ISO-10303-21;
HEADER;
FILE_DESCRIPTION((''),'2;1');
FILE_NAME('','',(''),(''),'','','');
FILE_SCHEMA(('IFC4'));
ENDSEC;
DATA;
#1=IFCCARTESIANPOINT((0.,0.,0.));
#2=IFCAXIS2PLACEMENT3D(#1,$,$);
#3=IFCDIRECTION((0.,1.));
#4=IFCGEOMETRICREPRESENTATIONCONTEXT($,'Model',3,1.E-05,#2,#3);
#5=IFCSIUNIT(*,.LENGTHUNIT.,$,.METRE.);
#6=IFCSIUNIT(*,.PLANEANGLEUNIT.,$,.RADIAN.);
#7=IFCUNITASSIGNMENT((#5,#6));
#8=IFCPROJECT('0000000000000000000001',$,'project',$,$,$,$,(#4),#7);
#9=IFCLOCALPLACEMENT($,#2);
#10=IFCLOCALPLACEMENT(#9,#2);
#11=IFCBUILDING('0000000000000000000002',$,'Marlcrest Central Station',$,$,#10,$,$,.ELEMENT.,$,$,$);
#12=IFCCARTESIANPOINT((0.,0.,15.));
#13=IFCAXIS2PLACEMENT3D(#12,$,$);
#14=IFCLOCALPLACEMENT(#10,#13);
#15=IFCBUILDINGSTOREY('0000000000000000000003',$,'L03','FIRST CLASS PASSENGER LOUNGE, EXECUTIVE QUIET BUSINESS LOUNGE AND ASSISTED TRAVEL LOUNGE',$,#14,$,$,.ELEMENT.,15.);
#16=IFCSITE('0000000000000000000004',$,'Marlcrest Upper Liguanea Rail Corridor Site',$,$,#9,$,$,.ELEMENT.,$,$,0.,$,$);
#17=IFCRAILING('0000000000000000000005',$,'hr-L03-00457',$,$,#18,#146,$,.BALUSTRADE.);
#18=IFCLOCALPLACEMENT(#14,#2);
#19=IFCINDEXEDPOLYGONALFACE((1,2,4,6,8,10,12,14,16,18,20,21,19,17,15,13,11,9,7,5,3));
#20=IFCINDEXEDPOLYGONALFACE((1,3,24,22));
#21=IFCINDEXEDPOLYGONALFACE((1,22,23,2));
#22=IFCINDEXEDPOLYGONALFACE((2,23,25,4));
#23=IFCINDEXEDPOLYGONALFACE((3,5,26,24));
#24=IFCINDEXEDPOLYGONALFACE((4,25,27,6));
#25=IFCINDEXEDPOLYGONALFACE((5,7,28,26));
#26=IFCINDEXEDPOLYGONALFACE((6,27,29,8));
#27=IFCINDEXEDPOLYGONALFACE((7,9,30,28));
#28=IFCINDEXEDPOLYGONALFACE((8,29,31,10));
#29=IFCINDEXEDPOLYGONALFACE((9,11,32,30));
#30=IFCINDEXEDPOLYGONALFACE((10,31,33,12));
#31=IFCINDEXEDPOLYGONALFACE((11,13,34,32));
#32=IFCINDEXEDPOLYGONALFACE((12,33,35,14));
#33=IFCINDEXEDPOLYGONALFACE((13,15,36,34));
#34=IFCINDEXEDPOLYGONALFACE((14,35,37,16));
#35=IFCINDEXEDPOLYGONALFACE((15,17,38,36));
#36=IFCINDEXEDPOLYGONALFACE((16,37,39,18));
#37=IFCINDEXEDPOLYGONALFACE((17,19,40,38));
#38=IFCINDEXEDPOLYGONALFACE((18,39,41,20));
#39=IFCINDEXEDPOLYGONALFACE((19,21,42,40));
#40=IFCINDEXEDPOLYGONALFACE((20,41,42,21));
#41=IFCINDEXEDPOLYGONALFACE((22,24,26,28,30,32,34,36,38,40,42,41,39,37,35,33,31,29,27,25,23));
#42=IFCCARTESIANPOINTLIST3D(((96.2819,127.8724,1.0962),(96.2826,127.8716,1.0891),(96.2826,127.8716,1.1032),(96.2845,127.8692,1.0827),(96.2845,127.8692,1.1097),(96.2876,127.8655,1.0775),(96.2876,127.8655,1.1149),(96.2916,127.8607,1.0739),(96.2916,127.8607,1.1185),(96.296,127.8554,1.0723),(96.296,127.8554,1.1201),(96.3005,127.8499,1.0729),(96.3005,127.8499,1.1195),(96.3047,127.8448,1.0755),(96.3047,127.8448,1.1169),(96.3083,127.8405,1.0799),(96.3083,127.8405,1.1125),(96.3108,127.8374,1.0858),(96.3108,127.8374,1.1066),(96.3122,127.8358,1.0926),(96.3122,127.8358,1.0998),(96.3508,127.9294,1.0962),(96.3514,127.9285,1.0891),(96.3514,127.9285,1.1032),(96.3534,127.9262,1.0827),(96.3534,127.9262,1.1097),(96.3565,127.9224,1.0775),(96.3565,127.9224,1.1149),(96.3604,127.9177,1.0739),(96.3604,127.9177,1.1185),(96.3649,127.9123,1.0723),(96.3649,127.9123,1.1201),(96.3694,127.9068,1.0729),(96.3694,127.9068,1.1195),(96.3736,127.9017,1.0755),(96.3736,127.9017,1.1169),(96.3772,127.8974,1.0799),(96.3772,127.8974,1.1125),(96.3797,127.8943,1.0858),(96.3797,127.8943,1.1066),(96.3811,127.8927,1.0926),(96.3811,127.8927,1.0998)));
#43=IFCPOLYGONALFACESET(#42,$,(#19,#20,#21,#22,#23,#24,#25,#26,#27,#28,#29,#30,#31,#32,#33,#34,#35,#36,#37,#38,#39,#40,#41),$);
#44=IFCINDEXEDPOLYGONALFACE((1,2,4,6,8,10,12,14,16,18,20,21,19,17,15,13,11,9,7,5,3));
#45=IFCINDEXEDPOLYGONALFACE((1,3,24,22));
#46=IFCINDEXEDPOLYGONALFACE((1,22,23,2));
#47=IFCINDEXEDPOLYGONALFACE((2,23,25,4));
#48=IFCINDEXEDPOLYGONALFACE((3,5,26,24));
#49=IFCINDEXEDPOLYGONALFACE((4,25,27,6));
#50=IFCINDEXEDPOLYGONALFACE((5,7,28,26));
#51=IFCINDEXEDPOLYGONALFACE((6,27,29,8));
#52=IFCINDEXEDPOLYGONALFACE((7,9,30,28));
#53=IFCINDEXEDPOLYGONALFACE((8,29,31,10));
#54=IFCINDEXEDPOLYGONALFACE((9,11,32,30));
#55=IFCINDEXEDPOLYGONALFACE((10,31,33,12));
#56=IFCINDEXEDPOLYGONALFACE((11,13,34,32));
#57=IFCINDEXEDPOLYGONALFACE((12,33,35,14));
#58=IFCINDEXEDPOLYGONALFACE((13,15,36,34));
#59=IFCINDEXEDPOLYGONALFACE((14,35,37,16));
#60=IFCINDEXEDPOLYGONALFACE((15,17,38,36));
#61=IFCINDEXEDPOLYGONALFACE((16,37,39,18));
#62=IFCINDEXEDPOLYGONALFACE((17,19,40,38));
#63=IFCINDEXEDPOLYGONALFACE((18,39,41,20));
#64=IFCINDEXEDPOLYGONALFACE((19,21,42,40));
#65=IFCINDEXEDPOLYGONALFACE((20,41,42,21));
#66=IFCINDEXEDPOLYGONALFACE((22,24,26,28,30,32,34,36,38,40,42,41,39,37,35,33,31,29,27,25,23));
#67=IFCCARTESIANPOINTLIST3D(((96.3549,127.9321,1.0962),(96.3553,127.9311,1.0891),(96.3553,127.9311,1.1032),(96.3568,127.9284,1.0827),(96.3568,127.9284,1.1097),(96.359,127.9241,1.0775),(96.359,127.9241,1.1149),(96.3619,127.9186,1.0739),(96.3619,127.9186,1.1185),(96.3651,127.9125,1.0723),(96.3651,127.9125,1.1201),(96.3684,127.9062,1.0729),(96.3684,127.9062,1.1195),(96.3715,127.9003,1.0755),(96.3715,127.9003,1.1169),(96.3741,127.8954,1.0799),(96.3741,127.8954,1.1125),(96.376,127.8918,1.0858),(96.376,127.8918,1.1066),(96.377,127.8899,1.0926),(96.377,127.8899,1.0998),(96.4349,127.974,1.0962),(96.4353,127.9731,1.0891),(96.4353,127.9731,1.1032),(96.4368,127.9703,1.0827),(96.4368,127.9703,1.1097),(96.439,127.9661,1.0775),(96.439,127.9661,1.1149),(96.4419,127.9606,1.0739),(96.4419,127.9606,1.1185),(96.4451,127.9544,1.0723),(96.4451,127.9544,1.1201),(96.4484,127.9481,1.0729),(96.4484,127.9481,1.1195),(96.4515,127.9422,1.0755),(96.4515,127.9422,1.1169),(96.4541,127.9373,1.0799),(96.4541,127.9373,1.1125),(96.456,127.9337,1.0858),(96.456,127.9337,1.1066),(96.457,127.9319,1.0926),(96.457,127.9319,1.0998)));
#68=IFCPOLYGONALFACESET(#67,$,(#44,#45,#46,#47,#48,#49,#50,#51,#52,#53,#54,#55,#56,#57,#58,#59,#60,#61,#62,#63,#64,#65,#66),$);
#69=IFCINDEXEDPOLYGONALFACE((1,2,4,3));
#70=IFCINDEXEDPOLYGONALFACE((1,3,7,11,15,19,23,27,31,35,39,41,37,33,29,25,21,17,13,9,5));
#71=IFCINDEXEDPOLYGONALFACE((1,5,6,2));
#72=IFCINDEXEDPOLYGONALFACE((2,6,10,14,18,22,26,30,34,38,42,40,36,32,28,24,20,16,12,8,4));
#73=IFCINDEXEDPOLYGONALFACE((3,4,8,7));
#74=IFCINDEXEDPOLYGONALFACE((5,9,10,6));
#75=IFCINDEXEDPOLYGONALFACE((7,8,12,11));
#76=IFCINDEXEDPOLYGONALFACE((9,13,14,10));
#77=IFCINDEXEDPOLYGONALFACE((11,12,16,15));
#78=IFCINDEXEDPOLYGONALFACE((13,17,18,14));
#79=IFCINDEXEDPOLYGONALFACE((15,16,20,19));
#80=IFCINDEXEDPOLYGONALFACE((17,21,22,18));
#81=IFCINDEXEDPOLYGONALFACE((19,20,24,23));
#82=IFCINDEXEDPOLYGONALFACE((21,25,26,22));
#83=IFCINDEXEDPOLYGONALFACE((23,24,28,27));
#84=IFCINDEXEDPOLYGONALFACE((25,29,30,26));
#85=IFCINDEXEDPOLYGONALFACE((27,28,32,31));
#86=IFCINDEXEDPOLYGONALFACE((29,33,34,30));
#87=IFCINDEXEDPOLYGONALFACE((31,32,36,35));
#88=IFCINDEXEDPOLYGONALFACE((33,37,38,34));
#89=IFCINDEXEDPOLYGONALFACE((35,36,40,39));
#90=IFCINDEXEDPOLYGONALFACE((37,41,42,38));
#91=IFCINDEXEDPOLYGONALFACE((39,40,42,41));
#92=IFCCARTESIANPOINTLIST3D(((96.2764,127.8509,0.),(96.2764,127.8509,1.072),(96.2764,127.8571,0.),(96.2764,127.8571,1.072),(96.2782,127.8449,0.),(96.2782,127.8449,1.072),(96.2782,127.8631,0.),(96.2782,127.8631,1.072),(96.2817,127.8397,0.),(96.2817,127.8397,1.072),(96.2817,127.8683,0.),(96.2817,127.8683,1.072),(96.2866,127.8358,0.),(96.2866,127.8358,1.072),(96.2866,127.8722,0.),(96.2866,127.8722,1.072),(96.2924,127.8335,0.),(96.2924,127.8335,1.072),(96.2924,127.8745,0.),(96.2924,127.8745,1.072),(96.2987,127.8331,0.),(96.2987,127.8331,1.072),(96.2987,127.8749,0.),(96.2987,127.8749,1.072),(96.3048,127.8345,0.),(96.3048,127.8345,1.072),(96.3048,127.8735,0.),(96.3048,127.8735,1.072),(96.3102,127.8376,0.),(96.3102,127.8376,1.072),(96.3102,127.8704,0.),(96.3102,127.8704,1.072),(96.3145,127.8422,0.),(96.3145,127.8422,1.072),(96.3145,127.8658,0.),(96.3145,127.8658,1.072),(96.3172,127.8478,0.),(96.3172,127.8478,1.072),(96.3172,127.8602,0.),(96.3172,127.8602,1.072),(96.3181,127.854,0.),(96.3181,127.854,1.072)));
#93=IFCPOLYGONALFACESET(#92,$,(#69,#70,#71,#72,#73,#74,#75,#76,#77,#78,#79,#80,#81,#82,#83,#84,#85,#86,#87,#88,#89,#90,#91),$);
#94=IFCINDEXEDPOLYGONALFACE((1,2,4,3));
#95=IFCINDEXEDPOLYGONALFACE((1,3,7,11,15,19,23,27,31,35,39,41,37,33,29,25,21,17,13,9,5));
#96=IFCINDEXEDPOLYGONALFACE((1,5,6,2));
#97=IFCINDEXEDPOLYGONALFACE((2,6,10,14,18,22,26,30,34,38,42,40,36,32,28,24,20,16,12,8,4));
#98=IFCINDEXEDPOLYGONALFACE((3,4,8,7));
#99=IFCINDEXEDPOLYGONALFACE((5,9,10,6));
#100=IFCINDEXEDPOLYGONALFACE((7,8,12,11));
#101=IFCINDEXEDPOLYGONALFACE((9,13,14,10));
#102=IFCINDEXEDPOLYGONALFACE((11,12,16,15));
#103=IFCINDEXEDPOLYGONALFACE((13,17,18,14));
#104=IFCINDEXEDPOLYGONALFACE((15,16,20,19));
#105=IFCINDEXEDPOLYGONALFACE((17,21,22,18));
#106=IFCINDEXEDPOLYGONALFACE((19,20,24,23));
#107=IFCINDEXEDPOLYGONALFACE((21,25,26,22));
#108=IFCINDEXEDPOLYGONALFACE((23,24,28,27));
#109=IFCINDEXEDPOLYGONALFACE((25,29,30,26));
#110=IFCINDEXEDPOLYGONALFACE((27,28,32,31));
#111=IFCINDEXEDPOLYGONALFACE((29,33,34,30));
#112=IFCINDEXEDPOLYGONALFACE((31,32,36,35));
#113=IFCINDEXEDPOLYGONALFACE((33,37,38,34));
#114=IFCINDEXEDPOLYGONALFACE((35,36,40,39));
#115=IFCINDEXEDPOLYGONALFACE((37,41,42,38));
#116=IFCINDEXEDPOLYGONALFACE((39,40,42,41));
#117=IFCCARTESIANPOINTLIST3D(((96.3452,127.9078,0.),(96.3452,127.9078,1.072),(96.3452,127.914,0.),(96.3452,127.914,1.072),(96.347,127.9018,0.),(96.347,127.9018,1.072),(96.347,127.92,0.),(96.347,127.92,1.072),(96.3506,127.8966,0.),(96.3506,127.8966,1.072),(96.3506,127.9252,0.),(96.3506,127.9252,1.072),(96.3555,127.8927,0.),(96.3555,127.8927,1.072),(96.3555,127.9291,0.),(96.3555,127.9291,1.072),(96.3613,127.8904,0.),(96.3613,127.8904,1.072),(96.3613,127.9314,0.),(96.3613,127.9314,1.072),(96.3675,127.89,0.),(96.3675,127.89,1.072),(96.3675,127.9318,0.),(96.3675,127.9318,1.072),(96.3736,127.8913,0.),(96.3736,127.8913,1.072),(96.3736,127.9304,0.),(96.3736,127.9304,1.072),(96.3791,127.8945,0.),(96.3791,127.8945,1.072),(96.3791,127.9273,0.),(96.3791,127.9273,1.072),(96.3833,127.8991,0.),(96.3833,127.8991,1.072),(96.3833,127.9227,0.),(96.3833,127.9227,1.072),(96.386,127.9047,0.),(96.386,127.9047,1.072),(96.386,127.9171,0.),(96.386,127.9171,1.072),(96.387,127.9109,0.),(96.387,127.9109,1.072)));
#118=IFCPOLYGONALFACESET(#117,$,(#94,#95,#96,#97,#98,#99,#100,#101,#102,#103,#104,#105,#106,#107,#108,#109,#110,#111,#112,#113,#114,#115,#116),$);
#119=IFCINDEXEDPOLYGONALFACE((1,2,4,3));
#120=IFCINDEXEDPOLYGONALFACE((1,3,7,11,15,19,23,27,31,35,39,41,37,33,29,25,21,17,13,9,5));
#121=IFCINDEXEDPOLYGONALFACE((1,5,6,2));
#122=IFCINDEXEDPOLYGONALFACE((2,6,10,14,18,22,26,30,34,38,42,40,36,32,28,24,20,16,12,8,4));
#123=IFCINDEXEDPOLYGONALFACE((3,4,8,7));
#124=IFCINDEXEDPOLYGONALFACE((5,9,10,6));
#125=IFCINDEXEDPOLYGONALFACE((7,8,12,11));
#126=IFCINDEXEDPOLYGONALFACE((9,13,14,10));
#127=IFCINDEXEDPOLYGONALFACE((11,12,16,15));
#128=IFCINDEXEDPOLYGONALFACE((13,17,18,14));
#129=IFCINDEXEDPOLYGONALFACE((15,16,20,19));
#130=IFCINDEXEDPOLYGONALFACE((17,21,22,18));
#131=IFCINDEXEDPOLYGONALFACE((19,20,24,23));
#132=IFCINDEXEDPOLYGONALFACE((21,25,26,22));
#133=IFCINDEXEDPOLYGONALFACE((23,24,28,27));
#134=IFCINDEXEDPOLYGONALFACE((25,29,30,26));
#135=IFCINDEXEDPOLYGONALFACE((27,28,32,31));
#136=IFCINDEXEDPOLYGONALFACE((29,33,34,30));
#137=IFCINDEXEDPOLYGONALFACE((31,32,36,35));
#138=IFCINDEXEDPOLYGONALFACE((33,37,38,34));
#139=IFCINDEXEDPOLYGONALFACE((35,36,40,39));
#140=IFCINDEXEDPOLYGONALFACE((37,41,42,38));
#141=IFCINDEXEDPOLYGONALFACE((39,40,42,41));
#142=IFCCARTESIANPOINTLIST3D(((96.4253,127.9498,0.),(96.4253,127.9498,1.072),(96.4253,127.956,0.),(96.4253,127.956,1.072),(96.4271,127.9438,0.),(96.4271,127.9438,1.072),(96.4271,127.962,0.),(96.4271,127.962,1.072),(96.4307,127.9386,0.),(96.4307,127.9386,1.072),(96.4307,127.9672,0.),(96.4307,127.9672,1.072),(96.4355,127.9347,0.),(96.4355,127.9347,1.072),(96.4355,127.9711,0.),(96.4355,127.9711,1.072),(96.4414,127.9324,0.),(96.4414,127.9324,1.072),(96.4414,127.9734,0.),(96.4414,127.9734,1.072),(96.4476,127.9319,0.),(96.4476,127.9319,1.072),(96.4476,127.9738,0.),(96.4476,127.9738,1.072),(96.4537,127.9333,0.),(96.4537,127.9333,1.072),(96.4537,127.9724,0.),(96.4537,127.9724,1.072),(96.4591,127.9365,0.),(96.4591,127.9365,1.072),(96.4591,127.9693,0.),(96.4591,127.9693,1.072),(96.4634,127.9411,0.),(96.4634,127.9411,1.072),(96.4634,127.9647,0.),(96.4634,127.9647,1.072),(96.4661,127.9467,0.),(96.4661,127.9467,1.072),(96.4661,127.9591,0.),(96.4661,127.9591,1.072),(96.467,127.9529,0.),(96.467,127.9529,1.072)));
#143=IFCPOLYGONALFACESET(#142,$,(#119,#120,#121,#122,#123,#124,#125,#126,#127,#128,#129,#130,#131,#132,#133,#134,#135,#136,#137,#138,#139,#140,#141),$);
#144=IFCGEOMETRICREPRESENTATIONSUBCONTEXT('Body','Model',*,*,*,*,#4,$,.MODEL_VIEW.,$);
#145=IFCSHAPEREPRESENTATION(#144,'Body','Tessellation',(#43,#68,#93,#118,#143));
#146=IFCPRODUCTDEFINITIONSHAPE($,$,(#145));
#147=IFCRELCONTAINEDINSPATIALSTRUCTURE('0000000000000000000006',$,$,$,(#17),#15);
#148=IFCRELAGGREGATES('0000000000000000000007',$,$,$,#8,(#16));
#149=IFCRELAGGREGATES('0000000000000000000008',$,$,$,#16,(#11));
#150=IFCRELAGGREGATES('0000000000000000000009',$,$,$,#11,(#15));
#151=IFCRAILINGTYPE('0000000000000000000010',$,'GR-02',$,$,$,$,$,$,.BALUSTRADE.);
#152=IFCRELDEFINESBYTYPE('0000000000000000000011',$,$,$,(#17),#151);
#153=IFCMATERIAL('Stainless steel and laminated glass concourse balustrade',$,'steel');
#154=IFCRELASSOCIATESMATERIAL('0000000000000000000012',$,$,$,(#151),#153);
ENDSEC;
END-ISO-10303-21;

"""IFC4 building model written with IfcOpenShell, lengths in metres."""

from ifc_helpers import new_model, si_unit, direction, frame, origin, origin_2d, place, context, subcontext, project, spatial, circle, extrude, material, type_object, element, save


model = new_model("IFC4")

# Units and contexts
model_context = context("Model", 3, precision=1e-05, world=origin(), true_north=direction((0.0, 1.0)))
body_context = subcontext(model_context, "Body", "Model", "MODEL_VIEW")
ifc_project = project(units=[si_unit("LENGTHUNIT", "METRE"), si_unit("PLANEANGLEUNIT", "RADIAN")], contexts=[model_context])

# Site, building, storey
site_placement = place(None, origin())
site = spatial("IfcSite", under=ifc_project, at=site_placement, Name="Marlcrest Upper Liguanea Rail Corridor Site", CompositionType="ELEMENT", RefElevation=0.0)
building_placement = place(site_placement, origin())
building = spatial("IfcBuilding", under=site, at=building_placement, Name="Marlcrest Central Station", CompositionType="ELEMENT")
storey_placement = place(building_placement, frame((0.0, 0.0, 15.0)))
storey = spatial("IfcBuildingStorey", under=building, at=storey_placement, Name="L03", Description="FIRST CLASS PASSENGER LOUNGE, EXECUTIVE QUIET BUSINESS LOUNGE AND ASSISTED TRAVEL LOUNGE", CompositionType="ELEMENT", Elevation=15.0)

# Railing
ifc_material_1 = material(Name="Stainless steel and laminated glass concourse balustrade", Category="steel")
railing_type = type_object("IfcRailingType", Name="GR-02", PredefinedType="BALUSTRADE", material=ifc_material_1)
railing_1_placement = place(storey_placement, frame((96.2971, 127.854, 0.0)))
element("IfcRailing", 1, at=railing_1_placement, inside=storey, type_object=railing_type, Name="hr-L03-00457", PredefinedType="BALUSTRADE", context=body_context, shape_type="SweptSolid", body=[
    extrude(circle(Radius=0.0239, at=origin_2d()), frame((0.0, 0.0, 1.0962), z_axis=(0.770903, 0.636952, 0.0), x_axis=(-0.636952, 0.770903, 0.0)), (0.0, 0.0, 1.0), 0.0894),
    extrude(circle(Radius=0.0239, at=origin_2d()), frame((0.0688, 0.0569, 1.0962), z_axis=(0.88562, 0.464411, 0.0), x_axis=(-0.464411, 0.88562, 0.0)), (0.0, 0.0, 1.0), 0.0903),
    extrude(circle(Radius=0.021, at=origin_2d()), origin(), (0.0, 0.0, 1.0), 1.072),
    extrude(circle(Radius=0.021, at=origin_2d()), frame((0.0688, 0.0569, 0.0)), (0.0, 0.0, 1.0), 1.072),
    extrude(circle(Radius=0.021, at=origin_2d()), frame((0.1489, 0.0989, 0.0)), (0.0, 0.0, 1.0), 1.072),
])

save(model, "model.ifc")
